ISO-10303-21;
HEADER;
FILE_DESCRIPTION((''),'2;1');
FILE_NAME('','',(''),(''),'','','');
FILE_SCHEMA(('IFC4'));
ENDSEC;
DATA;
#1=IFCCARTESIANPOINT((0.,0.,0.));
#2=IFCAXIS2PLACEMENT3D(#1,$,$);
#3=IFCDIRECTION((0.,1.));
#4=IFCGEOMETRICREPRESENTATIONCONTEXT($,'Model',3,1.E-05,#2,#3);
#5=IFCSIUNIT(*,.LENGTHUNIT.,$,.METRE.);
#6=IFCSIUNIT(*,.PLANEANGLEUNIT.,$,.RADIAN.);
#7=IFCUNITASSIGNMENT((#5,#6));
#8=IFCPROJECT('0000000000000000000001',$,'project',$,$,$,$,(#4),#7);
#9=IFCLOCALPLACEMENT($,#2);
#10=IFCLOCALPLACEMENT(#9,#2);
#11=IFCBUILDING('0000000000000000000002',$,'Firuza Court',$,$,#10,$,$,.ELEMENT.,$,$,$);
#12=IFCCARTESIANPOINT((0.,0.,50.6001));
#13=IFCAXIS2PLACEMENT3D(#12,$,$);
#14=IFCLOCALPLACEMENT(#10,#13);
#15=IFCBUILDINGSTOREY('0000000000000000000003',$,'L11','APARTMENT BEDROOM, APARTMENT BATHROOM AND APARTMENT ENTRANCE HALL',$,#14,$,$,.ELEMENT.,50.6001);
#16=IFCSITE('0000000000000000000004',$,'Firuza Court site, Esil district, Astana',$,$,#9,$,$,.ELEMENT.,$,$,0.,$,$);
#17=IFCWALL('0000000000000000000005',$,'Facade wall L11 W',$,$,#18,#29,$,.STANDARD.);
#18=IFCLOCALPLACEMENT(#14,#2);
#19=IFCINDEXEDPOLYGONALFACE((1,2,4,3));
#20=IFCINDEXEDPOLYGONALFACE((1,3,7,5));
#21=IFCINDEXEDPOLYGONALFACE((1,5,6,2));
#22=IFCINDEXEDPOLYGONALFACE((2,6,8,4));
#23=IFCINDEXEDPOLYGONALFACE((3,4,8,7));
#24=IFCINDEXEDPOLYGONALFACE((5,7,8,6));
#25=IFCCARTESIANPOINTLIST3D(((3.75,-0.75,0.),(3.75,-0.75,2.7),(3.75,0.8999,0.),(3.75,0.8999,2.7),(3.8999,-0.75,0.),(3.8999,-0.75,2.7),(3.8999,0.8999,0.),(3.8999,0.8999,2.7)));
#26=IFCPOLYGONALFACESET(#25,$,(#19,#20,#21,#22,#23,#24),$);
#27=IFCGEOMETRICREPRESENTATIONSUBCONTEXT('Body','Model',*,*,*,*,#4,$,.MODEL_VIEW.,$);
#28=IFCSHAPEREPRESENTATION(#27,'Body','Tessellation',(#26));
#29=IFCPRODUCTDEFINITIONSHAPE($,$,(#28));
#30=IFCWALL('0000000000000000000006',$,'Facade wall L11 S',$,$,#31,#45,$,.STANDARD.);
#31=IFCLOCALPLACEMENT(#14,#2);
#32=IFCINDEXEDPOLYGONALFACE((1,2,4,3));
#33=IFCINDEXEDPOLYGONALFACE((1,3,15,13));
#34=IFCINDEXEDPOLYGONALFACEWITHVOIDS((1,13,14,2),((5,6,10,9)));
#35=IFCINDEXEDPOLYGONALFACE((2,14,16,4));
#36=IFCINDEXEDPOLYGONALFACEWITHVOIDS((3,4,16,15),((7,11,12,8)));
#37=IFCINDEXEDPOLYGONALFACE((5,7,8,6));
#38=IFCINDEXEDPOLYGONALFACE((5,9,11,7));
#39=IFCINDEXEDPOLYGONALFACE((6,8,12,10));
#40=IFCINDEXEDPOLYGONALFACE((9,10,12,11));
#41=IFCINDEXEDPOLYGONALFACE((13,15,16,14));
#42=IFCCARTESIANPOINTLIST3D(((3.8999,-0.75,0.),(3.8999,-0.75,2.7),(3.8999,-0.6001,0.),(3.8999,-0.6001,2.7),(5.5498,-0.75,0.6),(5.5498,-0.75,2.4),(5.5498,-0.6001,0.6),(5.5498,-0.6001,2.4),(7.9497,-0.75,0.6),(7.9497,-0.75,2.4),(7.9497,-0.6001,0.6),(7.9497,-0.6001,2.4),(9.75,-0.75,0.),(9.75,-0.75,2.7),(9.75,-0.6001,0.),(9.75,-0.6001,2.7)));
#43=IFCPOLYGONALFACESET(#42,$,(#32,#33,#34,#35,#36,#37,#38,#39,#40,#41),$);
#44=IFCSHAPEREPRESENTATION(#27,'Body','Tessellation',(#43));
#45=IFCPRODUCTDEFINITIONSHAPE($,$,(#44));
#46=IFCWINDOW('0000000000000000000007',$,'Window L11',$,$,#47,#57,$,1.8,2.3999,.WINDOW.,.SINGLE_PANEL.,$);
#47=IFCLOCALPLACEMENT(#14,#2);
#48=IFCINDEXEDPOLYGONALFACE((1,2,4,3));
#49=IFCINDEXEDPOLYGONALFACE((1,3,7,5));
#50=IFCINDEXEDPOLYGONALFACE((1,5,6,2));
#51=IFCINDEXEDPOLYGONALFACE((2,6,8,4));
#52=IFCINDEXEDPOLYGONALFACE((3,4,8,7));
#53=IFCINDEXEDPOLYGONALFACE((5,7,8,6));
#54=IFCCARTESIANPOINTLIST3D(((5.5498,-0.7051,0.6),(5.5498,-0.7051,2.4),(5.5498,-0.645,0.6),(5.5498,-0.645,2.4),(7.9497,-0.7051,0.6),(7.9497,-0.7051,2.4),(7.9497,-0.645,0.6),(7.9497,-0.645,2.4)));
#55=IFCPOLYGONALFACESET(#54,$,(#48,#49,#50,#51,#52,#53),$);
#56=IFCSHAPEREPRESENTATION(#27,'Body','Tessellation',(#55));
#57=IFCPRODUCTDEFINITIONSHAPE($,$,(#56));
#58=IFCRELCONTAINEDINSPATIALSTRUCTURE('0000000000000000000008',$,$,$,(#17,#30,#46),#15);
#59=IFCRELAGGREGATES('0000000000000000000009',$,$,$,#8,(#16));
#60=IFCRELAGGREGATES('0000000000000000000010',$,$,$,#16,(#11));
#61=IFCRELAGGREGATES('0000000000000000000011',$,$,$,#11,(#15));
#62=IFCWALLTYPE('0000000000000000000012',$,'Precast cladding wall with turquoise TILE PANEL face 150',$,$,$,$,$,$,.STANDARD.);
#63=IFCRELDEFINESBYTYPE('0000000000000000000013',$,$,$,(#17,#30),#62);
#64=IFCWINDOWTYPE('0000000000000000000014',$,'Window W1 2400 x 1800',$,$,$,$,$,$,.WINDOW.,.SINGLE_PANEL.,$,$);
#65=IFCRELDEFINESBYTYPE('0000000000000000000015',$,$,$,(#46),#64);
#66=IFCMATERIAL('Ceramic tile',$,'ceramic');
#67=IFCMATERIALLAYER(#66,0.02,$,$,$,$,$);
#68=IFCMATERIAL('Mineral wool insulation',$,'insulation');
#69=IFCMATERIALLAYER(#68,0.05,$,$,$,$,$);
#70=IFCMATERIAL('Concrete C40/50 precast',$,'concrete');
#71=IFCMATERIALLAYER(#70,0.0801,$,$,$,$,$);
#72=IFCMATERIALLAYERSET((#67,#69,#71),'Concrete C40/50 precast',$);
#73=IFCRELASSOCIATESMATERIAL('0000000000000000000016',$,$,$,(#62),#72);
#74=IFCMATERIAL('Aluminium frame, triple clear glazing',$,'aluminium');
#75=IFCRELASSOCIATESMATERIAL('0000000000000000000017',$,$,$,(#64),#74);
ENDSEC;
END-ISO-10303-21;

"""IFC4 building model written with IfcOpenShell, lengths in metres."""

from ifc_helpers import new_model, si_unit, direction, frame, frame_2d, origin, place, context, subcontext, project, spatial, rectangle, extrude, material, layer, layer_set, type_object, element, fill, save


model = new_model("IFC4")

# Units and contexts
model_context = context("Model", 3, precision=1e-05, world=origin(), true_north=direction((0.0, 1.0)))
body_context = subcontext(model_context, "Body", "Model", "MODEL_VIEW")
ifc_project = project(units=[si_unit("LENGTHUNIT", "METRE"), si_unit("PLANEANGLEUNIT", "RADIAN")], contexts=[model_context])

# Site, building, storey
site_placement = place(None, origin())
site = spatial("IfcSite", under=ifc_project, at=site_placement, Name="Firuza Court site, Esil district, Astana", CompositionType="ELEMENT", RefElevation=0.0)
building_placement = place(site_placement, origin())
building = spatial("IfcBuilding", under=site, at=building_placement, Name="Firuza Court", CompositionType="ELEMENT")
storey_placement = place(building_placement, frame((0.0, 0.0, 50.6001)))
storey = spatial("IfcBuildingStorey", under=building, at=storey_placement, Name="L11", Description="APARTMENT BEDROOM, APARTMENT BATHROOM AND APARTMENT ENTRANCE HALL", CompositionType="ELEMENT", Elevation=50.6001)

# Wall
ifc_material_1 = material(Name="Ceramic tile", Category="ceramic")
ifc_layer_1 = layer(ifc_material_1, 0.02)
ifc_material_2 = material(Name="Mineral wool insulation", Category="insulation")
ifc_layer_2 = layer(ifc_material_2, 0.05)
ifc_material_3 = material(Name="Concrete C40/50 precast", Category="concrete")
ifc_layer_3 = layer(ifc_material_3, 0.0801)
ifc_layer_set_1 = layer_set([ifc_layer_1, ifc_layer_2, ifc_layer_3], Name="Concrete C40/50 precast")
wall_type_1 = type_object("IfcWallType", Name="Precast cladding wall with turquoise TILE PANEL face 150", PredefinedType="STANDARD", material=ifc_layer_set_1)
for number, where, z_axis, x_axis, name in (
    (1, (3.825, 0.8999, 0.0), (0.0, 0.0, 1.0), (0.0, -1.0, 0.0), "Facade wall L11 W"),
):
    element("IfcWall", number, at=place(storey_placement, frame(where, z_axis=z_axis, x_axis=x_axis)), inside=storey, type_object=wall_type_1, Name=name, PredefinedType="STANDARD", context=body_context, shape_type="SweptSolid", body=[
        extrude(rectangle(XDim=1.6499, YDim=0.1499, at=frame_2d((0.825, 0.0))), origin(), (0.0, 0.0, 1.0), 2.7),
    ])

# Wall, opening, window
wall_1_placement = place(storey_placement, frame((3.8999, -0.675, 0.0), z_axis=(0.0, 0.0, 1.0), x_axis=(1.0, 0.0, 0.0)))
wall_1 = element("IfcWall", 2, at=wall_1_placement, inside=storey, type_object=wall_type_1, Name="Facade wall L11 S", PredefinedType="STANDARD", context=body_context, shape_type="SweptSolid", body=[
    extrude(rectangle(XDim=5.8501, YDim=0.1499, at=frame_2d((2.925, 0.0))), origin(), (0.0, 0.0, 1.0), 2.7),
])
opening_1_placement = place(wall_1_placement, frame((1.6499, 0.0, 0.6001)))
opening_1 = element("IfcOpeningElement", 3, at=opening_1_placement, cuts=wall_1, PredefinedType="OPENING", context=body_context, shape_type="SweptSolid", body=[
    extrude(rectangle(XDim=2.3999, YDim=1.8, at=frame_2d((1.2, 0.8999))), frame((0.0, 0.0869, 0.0), z_axis=(0.0, -1.0, 0.0), x_axis=(1.0, 0.0, 0.0)), (0.0, 0.0, 1.0), 0.1738),
])
ifc_material_4 = material(Name="Aluminium frame, triple clear glazing", Category="aluminium")
window_type = type_object("IfcWindowType", Name="Window W1 2400 x 1800", PartitioningType="SINGLE_PANEL", PredefinedType="WINDOW", material=ifc_material_4)
window_placement = place(opening_1_placement, origin())
window = element("IfcWindow", 4, at=window_placement, inside=storey, type_object=window_type, Name="Window L11", OverallHeight=1.8, OverallWidth=2.3999, PartitioningType="SINGLE_PANEL", PredefinedType="WINDOW", context=body_context, shape_type="SweptSolid", body=[
    extrude(rectangle(XDim=2.3999, YDim=1.8, at=frame_2d((1.2, 0.8999))), frame((0.0, 0.03, 0.0), z_axis=(0.0, -1.0, 0.0), x_axis=(1.0, 0.0, 0.0)), (0.0, 0.0, 1.0), 0.0601),
])
fill(opening_1, window)

save(model, "model.ifc")
